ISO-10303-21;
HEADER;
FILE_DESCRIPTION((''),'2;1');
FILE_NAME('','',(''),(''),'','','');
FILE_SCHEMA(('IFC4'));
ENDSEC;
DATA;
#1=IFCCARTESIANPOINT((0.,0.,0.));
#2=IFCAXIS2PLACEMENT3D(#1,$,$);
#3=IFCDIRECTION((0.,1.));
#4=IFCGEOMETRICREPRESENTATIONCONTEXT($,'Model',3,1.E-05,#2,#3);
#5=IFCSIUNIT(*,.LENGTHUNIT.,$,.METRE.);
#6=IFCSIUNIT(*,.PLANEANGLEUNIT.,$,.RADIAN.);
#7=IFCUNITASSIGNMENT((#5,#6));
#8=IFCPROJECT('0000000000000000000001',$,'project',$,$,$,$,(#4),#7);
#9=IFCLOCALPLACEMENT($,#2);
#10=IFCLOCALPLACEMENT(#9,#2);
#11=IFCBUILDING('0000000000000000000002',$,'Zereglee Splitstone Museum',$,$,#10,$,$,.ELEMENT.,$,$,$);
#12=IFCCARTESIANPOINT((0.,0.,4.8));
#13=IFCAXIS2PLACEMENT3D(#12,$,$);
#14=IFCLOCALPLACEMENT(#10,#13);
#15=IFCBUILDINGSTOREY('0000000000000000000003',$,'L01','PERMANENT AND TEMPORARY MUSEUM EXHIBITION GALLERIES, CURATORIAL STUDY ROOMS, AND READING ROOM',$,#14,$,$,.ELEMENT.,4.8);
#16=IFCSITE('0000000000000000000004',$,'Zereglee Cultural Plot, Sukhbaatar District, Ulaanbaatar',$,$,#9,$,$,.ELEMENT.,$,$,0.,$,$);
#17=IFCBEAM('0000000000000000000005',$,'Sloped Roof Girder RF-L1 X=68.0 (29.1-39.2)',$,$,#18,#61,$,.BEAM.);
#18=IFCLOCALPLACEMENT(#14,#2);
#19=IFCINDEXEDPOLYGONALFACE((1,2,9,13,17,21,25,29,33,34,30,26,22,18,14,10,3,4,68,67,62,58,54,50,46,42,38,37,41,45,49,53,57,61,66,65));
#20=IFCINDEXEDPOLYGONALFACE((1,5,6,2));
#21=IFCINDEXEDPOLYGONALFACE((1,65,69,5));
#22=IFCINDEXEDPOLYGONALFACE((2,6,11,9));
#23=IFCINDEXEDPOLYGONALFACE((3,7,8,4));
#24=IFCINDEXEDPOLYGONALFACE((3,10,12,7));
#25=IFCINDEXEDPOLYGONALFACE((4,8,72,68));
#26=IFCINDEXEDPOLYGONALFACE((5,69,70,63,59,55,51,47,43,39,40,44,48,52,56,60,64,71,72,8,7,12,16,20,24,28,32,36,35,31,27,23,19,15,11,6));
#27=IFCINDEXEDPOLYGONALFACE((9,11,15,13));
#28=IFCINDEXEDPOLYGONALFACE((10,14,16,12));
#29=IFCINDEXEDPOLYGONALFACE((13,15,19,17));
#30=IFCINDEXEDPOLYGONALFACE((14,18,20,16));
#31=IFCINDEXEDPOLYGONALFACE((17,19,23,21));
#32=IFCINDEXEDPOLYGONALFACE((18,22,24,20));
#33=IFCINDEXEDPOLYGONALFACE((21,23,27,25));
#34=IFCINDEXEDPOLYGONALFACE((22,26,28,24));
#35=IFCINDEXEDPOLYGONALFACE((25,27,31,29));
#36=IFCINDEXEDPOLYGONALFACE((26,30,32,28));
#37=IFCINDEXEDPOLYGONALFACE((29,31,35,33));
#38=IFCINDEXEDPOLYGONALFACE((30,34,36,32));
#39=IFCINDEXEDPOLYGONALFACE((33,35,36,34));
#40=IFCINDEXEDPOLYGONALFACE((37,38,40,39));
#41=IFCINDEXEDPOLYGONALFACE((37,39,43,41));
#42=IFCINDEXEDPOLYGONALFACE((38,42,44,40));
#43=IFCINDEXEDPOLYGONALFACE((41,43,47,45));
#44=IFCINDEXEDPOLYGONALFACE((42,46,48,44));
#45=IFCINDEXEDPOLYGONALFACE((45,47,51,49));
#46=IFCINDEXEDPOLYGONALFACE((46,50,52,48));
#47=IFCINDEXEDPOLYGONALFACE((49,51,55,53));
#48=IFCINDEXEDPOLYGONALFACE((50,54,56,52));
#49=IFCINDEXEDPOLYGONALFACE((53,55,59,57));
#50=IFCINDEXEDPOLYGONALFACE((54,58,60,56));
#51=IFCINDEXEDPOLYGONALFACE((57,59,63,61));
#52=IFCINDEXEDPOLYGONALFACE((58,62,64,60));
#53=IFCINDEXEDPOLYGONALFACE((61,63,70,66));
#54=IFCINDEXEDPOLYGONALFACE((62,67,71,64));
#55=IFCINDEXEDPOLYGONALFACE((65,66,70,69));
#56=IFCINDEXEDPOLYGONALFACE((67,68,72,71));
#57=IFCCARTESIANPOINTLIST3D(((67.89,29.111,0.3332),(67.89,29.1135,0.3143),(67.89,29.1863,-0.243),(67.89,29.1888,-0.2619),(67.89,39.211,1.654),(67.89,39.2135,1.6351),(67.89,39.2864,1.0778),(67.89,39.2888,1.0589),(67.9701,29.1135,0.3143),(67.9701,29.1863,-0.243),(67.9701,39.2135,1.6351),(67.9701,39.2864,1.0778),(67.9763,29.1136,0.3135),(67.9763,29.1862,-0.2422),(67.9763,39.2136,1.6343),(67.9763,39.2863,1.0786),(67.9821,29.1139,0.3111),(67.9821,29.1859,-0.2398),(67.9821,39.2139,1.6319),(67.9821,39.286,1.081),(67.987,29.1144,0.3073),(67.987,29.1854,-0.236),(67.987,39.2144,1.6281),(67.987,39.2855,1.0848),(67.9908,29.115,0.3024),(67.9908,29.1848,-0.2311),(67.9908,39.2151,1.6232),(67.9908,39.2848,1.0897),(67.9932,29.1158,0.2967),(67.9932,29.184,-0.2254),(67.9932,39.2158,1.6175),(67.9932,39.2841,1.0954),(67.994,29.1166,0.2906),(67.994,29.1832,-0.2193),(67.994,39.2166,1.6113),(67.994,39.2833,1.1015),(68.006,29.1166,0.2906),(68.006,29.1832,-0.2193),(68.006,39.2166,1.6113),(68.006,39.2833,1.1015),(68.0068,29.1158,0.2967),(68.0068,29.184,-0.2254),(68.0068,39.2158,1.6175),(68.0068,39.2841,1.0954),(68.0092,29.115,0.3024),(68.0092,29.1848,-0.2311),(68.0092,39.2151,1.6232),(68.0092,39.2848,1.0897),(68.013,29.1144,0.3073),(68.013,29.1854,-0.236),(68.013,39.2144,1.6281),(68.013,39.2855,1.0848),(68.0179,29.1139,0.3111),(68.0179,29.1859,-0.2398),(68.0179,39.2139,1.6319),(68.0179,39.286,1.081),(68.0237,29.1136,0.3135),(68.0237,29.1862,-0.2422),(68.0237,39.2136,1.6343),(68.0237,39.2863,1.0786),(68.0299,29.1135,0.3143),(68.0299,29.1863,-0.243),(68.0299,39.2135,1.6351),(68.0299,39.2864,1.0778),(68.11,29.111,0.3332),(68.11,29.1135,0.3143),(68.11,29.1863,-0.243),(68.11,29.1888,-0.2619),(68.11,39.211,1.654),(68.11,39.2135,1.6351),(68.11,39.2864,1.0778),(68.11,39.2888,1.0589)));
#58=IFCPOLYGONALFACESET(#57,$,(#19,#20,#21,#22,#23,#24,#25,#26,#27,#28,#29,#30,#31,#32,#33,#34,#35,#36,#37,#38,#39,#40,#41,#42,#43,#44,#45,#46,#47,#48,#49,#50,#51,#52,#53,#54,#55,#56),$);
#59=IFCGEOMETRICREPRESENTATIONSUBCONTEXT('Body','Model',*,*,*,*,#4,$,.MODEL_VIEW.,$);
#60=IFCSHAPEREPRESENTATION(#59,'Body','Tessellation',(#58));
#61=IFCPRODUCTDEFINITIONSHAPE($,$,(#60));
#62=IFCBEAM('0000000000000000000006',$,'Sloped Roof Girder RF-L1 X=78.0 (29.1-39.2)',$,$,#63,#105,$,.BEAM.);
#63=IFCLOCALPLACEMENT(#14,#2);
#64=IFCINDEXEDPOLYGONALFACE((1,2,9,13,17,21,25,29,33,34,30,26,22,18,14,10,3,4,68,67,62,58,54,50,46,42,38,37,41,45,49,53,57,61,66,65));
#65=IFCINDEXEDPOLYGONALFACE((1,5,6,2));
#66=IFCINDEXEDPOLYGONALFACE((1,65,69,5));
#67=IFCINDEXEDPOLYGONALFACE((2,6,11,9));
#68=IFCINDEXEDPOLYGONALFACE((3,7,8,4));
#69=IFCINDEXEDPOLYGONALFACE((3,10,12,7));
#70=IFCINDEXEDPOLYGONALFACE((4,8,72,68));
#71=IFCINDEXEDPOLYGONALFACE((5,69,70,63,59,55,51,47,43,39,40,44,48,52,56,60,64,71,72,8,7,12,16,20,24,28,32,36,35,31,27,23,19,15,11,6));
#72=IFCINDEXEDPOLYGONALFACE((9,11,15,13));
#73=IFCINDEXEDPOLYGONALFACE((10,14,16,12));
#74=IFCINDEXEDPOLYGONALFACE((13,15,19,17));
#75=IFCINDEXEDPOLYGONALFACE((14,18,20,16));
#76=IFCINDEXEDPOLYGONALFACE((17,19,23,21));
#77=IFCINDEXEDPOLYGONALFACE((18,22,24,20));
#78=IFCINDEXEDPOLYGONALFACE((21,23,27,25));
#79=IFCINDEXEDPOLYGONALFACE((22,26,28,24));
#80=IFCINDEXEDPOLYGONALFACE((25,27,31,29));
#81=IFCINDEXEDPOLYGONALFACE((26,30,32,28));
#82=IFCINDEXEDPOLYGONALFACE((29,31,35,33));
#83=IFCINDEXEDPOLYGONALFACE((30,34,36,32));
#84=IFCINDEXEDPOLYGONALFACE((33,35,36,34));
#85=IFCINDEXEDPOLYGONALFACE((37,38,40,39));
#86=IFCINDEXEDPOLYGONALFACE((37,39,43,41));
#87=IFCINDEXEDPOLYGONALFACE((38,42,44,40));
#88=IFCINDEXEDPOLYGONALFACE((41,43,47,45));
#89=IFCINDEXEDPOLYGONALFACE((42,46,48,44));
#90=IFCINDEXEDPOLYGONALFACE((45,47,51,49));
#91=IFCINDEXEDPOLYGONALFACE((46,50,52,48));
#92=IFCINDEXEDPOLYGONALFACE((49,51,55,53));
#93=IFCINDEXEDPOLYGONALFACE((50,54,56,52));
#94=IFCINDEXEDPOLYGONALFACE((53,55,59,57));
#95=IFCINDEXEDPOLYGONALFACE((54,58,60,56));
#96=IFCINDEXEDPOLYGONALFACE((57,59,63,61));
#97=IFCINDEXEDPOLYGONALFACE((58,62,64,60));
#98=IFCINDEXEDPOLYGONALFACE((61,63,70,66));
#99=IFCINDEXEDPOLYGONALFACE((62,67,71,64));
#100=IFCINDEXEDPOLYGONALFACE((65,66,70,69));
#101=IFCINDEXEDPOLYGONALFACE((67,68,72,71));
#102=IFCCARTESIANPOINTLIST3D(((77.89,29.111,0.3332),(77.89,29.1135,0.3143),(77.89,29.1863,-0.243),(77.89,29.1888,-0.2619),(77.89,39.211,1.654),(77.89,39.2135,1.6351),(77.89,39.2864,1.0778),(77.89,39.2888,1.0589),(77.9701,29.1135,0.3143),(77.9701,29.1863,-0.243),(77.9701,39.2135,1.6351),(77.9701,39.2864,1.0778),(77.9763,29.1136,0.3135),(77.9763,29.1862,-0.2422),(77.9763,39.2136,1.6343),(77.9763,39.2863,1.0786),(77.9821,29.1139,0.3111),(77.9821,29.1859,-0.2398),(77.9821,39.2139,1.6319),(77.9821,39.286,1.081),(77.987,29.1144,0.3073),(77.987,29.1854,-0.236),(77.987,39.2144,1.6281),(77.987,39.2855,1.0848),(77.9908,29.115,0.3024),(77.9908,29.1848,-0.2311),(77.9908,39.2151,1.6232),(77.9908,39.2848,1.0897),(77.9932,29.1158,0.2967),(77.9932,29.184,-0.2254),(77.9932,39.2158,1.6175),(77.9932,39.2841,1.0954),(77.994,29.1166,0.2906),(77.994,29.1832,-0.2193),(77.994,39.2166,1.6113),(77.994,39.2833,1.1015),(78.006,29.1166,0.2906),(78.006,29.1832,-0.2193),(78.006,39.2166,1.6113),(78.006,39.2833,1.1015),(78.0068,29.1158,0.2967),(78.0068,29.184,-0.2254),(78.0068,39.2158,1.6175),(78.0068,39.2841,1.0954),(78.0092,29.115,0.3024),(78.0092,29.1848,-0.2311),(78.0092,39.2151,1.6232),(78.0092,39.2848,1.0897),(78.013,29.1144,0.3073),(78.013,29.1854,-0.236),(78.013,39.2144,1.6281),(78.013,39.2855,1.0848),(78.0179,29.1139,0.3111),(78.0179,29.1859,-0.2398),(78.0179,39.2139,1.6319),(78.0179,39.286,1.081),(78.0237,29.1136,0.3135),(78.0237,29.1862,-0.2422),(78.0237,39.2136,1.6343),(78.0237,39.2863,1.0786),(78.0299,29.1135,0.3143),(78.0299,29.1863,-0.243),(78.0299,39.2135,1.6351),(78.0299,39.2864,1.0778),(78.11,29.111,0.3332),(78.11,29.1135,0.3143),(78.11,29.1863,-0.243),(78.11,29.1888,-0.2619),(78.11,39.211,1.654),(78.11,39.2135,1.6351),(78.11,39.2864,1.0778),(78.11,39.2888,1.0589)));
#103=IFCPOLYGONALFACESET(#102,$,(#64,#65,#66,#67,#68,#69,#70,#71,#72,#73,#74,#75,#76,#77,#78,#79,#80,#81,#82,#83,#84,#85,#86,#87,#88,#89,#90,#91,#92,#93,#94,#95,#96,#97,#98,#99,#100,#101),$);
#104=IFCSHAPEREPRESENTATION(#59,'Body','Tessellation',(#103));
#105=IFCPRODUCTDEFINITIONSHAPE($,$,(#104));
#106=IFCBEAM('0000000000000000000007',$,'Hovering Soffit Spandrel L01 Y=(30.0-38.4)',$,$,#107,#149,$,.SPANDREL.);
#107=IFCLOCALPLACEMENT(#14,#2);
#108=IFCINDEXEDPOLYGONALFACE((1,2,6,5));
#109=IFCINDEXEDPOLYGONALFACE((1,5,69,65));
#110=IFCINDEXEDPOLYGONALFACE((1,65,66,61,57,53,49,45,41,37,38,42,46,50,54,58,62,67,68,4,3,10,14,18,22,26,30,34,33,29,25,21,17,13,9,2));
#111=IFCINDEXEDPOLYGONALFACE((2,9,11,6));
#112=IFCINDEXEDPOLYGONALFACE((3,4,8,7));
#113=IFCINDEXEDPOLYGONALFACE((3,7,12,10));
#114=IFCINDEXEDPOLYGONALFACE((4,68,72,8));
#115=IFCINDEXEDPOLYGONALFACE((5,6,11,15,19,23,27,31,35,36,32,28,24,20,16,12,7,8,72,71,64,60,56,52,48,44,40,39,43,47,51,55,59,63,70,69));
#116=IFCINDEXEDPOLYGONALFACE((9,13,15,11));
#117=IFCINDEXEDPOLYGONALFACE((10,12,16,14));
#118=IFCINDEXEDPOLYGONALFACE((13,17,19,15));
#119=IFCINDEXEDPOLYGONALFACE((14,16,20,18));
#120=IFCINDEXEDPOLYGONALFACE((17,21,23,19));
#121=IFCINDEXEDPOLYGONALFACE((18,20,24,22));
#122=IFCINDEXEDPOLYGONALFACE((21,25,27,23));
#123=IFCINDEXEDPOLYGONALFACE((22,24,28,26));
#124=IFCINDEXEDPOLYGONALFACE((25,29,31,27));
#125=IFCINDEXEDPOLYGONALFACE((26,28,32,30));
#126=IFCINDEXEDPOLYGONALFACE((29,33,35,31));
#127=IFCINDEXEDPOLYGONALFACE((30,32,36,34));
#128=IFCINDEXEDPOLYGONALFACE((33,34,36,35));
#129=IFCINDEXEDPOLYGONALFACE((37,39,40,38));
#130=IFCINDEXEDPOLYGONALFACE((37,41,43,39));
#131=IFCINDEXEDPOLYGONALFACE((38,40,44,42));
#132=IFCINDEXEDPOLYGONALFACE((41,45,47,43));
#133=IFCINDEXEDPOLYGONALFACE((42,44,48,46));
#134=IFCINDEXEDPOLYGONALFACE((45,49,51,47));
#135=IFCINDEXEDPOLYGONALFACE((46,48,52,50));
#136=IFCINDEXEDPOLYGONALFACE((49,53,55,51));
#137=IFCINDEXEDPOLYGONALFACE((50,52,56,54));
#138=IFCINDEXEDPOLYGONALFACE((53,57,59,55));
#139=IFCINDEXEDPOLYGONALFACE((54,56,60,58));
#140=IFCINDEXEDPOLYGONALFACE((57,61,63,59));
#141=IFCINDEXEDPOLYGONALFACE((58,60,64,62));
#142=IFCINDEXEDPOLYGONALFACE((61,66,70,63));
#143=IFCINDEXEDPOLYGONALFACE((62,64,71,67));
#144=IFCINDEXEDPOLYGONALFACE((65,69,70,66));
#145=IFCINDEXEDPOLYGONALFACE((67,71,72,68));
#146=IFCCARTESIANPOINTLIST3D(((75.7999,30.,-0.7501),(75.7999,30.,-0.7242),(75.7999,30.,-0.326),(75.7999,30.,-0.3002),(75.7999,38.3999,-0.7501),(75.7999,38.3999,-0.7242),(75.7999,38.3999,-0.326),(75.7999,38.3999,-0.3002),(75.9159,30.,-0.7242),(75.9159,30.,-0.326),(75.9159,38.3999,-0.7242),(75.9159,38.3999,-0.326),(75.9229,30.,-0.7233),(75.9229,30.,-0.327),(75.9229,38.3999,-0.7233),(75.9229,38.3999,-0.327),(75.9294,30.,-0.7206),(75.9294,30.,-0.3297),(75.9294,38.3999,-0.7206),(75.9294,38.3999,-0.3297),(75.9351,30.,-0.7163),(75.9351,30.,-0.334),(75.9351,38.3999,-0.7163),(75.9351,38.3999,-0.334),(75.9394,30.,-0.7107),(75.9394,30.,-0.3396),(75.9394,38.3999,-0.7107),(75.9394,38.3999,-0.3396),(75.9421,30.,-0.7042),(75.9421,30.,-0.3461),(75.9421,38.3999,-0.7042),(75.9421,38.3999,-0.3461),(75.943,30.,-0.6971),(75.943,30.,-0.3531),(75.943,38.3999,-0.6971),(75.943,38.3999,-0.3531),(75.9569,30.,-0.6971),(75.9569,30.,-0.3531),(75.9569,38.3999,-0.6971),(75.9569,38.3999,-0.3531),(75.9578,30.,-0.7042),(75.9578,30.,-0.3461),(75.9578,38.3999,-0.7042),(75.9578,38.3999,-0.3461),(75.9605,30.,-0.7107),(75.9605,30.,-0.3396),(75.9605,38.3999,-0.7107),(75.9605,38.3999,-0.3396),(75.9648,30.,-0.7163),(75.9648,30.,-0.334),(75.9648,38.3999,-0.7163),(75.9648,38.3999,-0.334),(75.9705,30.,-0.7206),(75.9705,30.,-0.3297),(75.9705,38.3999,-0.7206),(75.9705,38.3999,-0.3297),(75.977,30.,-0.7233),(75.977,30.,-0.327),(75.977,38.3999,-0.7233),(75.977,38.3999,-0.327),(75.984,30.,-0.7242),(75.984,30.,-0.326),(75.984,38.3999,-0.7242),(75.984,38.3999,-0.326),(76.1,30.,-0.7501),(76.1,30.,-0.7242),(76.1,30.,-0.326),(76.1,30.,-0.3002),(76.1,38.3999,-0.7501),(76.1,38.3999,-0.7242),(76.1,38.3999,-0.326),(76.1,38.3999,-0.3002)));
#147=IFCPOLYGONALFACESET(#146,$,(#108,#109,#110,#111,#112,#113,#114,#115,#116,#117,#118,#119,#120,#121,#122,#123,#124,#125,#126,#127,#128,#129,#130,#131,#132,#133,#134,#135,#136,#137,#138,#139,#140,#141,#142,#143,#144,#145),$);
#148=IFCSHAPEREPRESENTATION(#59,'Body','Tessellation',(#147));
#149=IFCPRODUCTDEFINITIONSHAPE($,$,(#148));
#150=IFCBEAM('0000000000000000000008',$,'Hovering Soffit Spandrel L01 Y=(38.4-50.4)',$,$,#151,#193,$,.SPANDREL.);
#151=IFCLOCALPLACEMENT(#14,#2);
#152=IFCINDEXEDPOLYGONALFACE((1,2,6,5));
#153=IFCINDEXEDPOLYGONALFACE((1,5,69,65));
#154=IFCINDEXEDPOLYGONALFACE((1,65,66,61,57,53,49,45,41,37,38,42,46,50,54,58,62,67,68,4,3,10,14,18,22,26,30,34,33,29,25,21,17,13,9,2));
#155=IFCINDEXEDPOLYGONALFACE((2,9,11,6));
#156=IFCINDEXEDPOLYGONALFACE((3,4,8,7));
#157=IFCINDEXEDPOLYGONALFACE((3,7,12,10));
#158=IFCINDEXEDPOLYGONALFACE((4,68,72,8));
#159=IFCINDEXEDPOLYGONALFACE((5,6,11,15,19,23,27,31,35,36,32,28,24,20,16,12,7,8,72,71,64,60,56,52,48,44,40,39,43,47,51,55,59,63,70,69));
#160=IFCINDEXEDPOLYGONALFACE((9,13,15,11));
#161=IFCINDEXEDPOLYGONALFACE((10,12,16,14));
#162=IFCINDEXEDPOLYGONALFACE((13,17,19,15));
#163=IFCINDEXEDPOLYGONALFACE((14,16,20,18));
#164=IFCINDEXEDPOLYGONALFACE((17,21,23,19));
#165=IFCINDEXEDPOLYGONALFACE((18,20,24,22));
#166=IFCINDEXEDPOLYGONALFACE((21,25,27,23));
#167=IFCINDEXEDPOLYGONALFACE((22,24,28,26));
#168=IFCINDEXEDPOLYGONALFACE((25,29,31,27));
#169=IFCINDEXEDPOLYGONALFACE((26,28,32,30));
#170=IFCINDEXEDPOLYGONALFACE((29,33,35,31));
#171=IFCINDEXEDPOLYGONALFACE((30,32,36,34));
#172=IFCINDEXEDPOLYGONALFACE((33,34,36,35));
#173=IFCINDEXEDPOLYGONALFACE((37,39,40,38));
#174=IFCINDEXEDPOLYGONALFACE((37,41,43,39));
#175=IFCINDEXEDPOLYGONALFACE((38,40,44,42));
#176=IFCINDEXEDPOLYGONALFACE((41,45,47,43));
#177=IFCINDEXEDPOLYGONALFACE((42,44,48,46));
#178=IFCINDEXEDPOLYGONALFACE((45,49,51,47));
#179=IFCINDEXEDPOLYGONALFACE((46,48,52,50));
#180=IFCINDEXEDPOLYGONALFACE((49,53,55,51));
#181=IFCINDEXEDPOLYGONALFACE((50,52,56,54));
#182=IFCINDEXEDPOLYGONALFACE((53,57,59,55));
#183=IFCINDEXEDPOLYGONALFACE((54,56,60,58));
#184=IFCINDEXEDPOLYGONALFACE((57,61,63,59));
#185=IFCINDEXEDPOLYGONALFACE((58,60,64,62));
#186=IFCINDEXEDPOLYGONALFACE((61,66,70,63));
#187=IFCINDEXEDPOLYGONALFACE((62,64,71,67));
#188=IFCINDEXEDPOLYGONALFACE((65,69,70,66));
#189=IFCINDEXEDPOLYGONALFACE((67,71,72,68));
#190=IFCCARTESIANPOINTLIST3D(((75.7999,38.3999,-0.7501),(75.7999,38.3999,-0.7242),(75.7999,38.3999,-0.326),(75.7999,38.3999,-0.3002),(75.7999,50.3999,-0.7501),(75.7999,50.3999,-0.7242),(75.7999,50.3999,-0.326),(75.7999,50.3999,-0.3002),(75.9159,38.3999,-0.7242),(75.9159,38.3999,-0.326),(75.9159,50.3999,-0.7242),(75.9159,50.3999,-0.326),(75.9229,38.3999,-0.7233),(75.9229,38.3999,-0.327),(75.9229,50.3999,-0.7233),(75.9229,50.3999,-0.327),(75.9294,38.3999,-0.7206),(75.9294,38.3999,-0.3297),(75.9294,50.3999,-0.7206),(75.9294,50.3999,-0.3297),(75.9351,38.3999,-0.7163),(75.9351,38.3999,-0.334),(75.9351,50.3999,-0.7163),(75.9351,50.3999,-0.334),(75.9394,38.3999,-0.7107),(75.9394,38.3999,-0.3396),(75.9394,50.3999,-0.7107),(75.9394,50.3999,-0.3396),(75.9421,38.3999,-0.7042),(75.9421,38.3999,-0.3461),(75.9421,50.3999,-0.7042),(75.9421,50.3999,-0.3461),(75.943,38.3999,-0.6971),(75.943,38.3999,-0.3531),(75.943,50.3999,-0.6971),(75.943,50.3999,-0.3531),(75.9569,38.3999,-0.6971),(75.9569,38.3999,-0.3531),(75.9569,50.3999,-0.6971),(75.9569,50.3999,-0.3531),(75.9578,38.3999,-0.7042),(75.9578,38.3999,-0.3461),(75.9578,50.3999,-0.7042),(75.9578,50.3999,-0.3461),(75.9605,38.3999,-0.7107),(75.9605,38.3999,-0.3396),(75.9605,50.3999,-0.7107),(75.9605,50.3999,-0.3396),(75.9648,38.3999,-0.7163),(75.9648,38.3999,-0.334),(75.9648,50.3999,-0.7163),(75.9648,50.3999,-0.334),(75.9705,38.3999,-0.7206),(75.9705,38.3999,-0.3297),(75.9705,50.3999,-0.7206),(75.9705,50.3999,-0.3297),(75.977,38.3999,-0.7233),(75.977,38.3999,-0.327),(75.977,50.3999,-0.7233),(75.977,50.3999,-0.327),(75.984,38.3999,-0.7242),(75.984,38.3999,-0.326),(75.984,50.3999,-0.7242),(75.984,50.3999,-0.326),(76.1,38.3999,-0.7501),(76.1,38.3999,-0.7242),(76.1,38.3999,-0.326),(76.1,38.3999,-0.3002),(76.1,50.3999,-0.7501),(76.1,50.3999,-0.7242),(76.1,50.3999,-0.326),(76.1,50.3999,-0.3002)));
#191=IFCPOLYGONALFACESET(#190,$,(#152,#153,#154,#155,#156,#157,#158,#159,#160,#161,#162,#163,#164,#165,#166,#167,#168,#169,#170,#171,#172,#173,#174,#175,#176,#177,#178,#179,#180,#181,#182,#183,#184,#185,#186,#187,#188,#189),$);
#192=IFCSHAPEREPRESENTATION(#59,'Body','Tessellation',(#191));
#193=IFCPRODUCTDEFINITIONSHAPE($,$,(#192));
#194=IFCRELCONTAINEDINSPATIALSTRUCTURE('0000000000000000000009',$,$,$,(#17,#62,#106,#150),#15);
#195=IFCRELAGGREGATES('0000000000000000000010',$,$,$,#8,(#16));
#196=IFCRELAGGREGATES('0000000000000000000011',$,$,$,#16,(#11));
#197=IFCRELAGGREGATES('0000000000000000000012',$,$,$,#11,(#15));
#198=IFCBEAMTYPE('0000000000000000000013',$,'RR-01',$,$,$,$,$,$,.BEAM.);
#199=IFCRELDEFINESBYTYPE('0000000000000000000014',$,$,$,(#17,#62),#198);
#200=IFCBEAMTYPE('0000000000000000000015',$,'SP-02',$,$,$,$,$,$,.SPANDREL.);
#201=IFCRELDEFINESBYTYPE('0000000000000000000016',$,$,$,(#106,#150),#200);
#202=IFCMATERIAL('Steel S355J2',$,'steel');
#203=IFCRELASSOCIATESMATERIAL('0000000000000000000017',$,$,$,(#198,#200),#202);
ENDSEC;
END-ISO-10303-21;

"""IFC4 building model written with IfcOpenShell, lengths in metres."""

from ifc_helpers import new_model, si_unit, direction, frame, origin, origin_2d, place, context, subcontext, project, spatial, i_section, extrude, material, material_profile, profile_set, type_object, element, save


model = new_model("IFC4")

# Units and contexts
model_context = context("Model", 3, precision=1e-05, world=origin(), true_north=direction((0.0, 1.0)))
body_context = subcontext(model_context, "Body", "Model", "MODEL_VIEW")
ifc_project = project(units=[si_unit("LENGTHUNIT", "METRE"), si_unit("PLANEANGLEUNIT", "RADIAN")], contexts=[model_context])

# Site, building, storey
site_placement = place(None, origin())
site = spatial("IfcSite", under=ifc_project, at=site_placement, Name="Zereglee Cultural Plot, Sukhbaatar District, Ulaanbaatar", CompositionType="ELEMENT", RefElevation=0.0)
building_placement = place(site_placement, origin())
building = spatial("IfcBuilding", under=site, at=building_placement, Name="Zereglee Splitstone Museum", CompositionType="ELEMENT")
storey_placement = place(building_placement, frame((0.0, 0.0, 4.8)))
storey = spatial("IfcBuildingStorey", under=building, at=storey_placement, Name="L01", Description="PERMANENT AND TEMPORARY MUSEUM EXHIBITION GALLERIES, CURATORIAL STUDY ROOMS, AND READING ROOM", CompositionType="ELEMENT", Elevation=4.8)

# Shared definitions
ifc_material_1 = material(Name="Steel S355J2", Category="steel")

# Beams
ifc_material_profile_1 = material_profile(ifc_material_1, i_section(OverallWidth=0.22, OverallDepth=0.6001, WebThickness=0.012, FlangeThickness=0.019, FilletRadius=0.0239, at=origin_2d()), Name="IPE 600")
ifc_profile_set_1 = profile_set([ifc_material_profile_1], Name="Steel S355J2")
beam_type_1 = type_object("IfcBeamType", Name="RR-01", PredefinedType="BEAM", material=ifc_profile_set_1)
for number, where, z_axis, x_axis, name in (
    (1, (68.0, 29.1499, 0.0356), (0.0, 0.991558, 0.129667), (-1.0, 0.0, 0.0), "Sloped Roof Girder RF-L1 X=68.0 (29.1-39.2)"),
    (2, (78.0, 29.1499, 0.0356), (0.0, 0.991558, 0.129667), (-1.0, 0.0, 0.0), "Sloped Roof Girder RF-L1 X=78.0 (29.1-39.2)"),
):
    element("IfcBeam", number, at=place(storey_placement, frame(where, z_axis=z_axis, x_axis=x_axis)), inside=storey, type_object=beam_type_1, Name=name, PredefinedType="BEAM", context=body_context, shape_type="SweptSolid", body=[
        extrude(i_section(OverallWidth=0.22, OverallDepth=0.6001, WebThickness=0.012, FlangeThickness=0.019, FilletRadius=0.0239, at=origin_2d()), origin(), (0.0, 0.0, 1.0), 10.186),
    ])
ifc_material_profile_2 = material_profile(ifc_material_1, i_section(OverallWidth=0.3, OverallDepth=0.45, WebThickness=0.0139, FlangeThickness=0.0259, FilletRadius=0.0271, at=origin_2d()), Name="HE 450 B")
ifc_profile_set_2 = profile_set([ifc_material_profile_2], Name="Steel S355J2")
beam_type_2 = type_object("IfcBeamType", Name="SP-02", PredefinedType="SPANDREL", material=ifc_profile_set_2)
beam_1_placement = place(storey_placement, frame((75.95, 30.0, -0.5251), z_axis=(0.0, 1.0, 0.0), x_axis=(-1.0, 0.0, 0.0)))
element("IfcBeam", 3, at=beam_1_placement, inside=storey, type_object=beam_type_2, Name="Hovering Soffit Spandrel L01 Y=(30.0-38.4)", PredefinedType="SPANDREL", context=body_context, shape_type="SweptSolid", body=[
    extrude(i_section(OverallWidth=0.3, OverallDepth=0.45, WebThickness=0.0139, FlangeThickness=0.0259, FilletRadius=0.0271, at=origin_2d()), origin(), (0.0, 0.0, 1.0), 8.3999),
])
beam_2_placement = place(storey_placement, frame((75.95, 38.3999, -0.5251), z_axis=(0.0, 1.0, 0.0), x_axis=(-1.0, 0.0, 0.0)))
element("IfcBeam", 4, at=beam_2_placement, inside=storey, type_object=beam_type_2, Name="Hovering Soffit Spandrel L01 Y=(38.4-50.4)", PredefinedType="SPANDREL", context=body_context, shape_type="SweptSolid", body=[
    extrude(i_section(OverallWidth=0.3, OverallDepth=0.45, WebThickness=0.0139, FlangeThickness=0.0259, FilletRadius=0.0271, at=origin_2d()), origin(), (0.0, 0.0, 1.0), 12.0),
])

save(model, "model.ifc")
